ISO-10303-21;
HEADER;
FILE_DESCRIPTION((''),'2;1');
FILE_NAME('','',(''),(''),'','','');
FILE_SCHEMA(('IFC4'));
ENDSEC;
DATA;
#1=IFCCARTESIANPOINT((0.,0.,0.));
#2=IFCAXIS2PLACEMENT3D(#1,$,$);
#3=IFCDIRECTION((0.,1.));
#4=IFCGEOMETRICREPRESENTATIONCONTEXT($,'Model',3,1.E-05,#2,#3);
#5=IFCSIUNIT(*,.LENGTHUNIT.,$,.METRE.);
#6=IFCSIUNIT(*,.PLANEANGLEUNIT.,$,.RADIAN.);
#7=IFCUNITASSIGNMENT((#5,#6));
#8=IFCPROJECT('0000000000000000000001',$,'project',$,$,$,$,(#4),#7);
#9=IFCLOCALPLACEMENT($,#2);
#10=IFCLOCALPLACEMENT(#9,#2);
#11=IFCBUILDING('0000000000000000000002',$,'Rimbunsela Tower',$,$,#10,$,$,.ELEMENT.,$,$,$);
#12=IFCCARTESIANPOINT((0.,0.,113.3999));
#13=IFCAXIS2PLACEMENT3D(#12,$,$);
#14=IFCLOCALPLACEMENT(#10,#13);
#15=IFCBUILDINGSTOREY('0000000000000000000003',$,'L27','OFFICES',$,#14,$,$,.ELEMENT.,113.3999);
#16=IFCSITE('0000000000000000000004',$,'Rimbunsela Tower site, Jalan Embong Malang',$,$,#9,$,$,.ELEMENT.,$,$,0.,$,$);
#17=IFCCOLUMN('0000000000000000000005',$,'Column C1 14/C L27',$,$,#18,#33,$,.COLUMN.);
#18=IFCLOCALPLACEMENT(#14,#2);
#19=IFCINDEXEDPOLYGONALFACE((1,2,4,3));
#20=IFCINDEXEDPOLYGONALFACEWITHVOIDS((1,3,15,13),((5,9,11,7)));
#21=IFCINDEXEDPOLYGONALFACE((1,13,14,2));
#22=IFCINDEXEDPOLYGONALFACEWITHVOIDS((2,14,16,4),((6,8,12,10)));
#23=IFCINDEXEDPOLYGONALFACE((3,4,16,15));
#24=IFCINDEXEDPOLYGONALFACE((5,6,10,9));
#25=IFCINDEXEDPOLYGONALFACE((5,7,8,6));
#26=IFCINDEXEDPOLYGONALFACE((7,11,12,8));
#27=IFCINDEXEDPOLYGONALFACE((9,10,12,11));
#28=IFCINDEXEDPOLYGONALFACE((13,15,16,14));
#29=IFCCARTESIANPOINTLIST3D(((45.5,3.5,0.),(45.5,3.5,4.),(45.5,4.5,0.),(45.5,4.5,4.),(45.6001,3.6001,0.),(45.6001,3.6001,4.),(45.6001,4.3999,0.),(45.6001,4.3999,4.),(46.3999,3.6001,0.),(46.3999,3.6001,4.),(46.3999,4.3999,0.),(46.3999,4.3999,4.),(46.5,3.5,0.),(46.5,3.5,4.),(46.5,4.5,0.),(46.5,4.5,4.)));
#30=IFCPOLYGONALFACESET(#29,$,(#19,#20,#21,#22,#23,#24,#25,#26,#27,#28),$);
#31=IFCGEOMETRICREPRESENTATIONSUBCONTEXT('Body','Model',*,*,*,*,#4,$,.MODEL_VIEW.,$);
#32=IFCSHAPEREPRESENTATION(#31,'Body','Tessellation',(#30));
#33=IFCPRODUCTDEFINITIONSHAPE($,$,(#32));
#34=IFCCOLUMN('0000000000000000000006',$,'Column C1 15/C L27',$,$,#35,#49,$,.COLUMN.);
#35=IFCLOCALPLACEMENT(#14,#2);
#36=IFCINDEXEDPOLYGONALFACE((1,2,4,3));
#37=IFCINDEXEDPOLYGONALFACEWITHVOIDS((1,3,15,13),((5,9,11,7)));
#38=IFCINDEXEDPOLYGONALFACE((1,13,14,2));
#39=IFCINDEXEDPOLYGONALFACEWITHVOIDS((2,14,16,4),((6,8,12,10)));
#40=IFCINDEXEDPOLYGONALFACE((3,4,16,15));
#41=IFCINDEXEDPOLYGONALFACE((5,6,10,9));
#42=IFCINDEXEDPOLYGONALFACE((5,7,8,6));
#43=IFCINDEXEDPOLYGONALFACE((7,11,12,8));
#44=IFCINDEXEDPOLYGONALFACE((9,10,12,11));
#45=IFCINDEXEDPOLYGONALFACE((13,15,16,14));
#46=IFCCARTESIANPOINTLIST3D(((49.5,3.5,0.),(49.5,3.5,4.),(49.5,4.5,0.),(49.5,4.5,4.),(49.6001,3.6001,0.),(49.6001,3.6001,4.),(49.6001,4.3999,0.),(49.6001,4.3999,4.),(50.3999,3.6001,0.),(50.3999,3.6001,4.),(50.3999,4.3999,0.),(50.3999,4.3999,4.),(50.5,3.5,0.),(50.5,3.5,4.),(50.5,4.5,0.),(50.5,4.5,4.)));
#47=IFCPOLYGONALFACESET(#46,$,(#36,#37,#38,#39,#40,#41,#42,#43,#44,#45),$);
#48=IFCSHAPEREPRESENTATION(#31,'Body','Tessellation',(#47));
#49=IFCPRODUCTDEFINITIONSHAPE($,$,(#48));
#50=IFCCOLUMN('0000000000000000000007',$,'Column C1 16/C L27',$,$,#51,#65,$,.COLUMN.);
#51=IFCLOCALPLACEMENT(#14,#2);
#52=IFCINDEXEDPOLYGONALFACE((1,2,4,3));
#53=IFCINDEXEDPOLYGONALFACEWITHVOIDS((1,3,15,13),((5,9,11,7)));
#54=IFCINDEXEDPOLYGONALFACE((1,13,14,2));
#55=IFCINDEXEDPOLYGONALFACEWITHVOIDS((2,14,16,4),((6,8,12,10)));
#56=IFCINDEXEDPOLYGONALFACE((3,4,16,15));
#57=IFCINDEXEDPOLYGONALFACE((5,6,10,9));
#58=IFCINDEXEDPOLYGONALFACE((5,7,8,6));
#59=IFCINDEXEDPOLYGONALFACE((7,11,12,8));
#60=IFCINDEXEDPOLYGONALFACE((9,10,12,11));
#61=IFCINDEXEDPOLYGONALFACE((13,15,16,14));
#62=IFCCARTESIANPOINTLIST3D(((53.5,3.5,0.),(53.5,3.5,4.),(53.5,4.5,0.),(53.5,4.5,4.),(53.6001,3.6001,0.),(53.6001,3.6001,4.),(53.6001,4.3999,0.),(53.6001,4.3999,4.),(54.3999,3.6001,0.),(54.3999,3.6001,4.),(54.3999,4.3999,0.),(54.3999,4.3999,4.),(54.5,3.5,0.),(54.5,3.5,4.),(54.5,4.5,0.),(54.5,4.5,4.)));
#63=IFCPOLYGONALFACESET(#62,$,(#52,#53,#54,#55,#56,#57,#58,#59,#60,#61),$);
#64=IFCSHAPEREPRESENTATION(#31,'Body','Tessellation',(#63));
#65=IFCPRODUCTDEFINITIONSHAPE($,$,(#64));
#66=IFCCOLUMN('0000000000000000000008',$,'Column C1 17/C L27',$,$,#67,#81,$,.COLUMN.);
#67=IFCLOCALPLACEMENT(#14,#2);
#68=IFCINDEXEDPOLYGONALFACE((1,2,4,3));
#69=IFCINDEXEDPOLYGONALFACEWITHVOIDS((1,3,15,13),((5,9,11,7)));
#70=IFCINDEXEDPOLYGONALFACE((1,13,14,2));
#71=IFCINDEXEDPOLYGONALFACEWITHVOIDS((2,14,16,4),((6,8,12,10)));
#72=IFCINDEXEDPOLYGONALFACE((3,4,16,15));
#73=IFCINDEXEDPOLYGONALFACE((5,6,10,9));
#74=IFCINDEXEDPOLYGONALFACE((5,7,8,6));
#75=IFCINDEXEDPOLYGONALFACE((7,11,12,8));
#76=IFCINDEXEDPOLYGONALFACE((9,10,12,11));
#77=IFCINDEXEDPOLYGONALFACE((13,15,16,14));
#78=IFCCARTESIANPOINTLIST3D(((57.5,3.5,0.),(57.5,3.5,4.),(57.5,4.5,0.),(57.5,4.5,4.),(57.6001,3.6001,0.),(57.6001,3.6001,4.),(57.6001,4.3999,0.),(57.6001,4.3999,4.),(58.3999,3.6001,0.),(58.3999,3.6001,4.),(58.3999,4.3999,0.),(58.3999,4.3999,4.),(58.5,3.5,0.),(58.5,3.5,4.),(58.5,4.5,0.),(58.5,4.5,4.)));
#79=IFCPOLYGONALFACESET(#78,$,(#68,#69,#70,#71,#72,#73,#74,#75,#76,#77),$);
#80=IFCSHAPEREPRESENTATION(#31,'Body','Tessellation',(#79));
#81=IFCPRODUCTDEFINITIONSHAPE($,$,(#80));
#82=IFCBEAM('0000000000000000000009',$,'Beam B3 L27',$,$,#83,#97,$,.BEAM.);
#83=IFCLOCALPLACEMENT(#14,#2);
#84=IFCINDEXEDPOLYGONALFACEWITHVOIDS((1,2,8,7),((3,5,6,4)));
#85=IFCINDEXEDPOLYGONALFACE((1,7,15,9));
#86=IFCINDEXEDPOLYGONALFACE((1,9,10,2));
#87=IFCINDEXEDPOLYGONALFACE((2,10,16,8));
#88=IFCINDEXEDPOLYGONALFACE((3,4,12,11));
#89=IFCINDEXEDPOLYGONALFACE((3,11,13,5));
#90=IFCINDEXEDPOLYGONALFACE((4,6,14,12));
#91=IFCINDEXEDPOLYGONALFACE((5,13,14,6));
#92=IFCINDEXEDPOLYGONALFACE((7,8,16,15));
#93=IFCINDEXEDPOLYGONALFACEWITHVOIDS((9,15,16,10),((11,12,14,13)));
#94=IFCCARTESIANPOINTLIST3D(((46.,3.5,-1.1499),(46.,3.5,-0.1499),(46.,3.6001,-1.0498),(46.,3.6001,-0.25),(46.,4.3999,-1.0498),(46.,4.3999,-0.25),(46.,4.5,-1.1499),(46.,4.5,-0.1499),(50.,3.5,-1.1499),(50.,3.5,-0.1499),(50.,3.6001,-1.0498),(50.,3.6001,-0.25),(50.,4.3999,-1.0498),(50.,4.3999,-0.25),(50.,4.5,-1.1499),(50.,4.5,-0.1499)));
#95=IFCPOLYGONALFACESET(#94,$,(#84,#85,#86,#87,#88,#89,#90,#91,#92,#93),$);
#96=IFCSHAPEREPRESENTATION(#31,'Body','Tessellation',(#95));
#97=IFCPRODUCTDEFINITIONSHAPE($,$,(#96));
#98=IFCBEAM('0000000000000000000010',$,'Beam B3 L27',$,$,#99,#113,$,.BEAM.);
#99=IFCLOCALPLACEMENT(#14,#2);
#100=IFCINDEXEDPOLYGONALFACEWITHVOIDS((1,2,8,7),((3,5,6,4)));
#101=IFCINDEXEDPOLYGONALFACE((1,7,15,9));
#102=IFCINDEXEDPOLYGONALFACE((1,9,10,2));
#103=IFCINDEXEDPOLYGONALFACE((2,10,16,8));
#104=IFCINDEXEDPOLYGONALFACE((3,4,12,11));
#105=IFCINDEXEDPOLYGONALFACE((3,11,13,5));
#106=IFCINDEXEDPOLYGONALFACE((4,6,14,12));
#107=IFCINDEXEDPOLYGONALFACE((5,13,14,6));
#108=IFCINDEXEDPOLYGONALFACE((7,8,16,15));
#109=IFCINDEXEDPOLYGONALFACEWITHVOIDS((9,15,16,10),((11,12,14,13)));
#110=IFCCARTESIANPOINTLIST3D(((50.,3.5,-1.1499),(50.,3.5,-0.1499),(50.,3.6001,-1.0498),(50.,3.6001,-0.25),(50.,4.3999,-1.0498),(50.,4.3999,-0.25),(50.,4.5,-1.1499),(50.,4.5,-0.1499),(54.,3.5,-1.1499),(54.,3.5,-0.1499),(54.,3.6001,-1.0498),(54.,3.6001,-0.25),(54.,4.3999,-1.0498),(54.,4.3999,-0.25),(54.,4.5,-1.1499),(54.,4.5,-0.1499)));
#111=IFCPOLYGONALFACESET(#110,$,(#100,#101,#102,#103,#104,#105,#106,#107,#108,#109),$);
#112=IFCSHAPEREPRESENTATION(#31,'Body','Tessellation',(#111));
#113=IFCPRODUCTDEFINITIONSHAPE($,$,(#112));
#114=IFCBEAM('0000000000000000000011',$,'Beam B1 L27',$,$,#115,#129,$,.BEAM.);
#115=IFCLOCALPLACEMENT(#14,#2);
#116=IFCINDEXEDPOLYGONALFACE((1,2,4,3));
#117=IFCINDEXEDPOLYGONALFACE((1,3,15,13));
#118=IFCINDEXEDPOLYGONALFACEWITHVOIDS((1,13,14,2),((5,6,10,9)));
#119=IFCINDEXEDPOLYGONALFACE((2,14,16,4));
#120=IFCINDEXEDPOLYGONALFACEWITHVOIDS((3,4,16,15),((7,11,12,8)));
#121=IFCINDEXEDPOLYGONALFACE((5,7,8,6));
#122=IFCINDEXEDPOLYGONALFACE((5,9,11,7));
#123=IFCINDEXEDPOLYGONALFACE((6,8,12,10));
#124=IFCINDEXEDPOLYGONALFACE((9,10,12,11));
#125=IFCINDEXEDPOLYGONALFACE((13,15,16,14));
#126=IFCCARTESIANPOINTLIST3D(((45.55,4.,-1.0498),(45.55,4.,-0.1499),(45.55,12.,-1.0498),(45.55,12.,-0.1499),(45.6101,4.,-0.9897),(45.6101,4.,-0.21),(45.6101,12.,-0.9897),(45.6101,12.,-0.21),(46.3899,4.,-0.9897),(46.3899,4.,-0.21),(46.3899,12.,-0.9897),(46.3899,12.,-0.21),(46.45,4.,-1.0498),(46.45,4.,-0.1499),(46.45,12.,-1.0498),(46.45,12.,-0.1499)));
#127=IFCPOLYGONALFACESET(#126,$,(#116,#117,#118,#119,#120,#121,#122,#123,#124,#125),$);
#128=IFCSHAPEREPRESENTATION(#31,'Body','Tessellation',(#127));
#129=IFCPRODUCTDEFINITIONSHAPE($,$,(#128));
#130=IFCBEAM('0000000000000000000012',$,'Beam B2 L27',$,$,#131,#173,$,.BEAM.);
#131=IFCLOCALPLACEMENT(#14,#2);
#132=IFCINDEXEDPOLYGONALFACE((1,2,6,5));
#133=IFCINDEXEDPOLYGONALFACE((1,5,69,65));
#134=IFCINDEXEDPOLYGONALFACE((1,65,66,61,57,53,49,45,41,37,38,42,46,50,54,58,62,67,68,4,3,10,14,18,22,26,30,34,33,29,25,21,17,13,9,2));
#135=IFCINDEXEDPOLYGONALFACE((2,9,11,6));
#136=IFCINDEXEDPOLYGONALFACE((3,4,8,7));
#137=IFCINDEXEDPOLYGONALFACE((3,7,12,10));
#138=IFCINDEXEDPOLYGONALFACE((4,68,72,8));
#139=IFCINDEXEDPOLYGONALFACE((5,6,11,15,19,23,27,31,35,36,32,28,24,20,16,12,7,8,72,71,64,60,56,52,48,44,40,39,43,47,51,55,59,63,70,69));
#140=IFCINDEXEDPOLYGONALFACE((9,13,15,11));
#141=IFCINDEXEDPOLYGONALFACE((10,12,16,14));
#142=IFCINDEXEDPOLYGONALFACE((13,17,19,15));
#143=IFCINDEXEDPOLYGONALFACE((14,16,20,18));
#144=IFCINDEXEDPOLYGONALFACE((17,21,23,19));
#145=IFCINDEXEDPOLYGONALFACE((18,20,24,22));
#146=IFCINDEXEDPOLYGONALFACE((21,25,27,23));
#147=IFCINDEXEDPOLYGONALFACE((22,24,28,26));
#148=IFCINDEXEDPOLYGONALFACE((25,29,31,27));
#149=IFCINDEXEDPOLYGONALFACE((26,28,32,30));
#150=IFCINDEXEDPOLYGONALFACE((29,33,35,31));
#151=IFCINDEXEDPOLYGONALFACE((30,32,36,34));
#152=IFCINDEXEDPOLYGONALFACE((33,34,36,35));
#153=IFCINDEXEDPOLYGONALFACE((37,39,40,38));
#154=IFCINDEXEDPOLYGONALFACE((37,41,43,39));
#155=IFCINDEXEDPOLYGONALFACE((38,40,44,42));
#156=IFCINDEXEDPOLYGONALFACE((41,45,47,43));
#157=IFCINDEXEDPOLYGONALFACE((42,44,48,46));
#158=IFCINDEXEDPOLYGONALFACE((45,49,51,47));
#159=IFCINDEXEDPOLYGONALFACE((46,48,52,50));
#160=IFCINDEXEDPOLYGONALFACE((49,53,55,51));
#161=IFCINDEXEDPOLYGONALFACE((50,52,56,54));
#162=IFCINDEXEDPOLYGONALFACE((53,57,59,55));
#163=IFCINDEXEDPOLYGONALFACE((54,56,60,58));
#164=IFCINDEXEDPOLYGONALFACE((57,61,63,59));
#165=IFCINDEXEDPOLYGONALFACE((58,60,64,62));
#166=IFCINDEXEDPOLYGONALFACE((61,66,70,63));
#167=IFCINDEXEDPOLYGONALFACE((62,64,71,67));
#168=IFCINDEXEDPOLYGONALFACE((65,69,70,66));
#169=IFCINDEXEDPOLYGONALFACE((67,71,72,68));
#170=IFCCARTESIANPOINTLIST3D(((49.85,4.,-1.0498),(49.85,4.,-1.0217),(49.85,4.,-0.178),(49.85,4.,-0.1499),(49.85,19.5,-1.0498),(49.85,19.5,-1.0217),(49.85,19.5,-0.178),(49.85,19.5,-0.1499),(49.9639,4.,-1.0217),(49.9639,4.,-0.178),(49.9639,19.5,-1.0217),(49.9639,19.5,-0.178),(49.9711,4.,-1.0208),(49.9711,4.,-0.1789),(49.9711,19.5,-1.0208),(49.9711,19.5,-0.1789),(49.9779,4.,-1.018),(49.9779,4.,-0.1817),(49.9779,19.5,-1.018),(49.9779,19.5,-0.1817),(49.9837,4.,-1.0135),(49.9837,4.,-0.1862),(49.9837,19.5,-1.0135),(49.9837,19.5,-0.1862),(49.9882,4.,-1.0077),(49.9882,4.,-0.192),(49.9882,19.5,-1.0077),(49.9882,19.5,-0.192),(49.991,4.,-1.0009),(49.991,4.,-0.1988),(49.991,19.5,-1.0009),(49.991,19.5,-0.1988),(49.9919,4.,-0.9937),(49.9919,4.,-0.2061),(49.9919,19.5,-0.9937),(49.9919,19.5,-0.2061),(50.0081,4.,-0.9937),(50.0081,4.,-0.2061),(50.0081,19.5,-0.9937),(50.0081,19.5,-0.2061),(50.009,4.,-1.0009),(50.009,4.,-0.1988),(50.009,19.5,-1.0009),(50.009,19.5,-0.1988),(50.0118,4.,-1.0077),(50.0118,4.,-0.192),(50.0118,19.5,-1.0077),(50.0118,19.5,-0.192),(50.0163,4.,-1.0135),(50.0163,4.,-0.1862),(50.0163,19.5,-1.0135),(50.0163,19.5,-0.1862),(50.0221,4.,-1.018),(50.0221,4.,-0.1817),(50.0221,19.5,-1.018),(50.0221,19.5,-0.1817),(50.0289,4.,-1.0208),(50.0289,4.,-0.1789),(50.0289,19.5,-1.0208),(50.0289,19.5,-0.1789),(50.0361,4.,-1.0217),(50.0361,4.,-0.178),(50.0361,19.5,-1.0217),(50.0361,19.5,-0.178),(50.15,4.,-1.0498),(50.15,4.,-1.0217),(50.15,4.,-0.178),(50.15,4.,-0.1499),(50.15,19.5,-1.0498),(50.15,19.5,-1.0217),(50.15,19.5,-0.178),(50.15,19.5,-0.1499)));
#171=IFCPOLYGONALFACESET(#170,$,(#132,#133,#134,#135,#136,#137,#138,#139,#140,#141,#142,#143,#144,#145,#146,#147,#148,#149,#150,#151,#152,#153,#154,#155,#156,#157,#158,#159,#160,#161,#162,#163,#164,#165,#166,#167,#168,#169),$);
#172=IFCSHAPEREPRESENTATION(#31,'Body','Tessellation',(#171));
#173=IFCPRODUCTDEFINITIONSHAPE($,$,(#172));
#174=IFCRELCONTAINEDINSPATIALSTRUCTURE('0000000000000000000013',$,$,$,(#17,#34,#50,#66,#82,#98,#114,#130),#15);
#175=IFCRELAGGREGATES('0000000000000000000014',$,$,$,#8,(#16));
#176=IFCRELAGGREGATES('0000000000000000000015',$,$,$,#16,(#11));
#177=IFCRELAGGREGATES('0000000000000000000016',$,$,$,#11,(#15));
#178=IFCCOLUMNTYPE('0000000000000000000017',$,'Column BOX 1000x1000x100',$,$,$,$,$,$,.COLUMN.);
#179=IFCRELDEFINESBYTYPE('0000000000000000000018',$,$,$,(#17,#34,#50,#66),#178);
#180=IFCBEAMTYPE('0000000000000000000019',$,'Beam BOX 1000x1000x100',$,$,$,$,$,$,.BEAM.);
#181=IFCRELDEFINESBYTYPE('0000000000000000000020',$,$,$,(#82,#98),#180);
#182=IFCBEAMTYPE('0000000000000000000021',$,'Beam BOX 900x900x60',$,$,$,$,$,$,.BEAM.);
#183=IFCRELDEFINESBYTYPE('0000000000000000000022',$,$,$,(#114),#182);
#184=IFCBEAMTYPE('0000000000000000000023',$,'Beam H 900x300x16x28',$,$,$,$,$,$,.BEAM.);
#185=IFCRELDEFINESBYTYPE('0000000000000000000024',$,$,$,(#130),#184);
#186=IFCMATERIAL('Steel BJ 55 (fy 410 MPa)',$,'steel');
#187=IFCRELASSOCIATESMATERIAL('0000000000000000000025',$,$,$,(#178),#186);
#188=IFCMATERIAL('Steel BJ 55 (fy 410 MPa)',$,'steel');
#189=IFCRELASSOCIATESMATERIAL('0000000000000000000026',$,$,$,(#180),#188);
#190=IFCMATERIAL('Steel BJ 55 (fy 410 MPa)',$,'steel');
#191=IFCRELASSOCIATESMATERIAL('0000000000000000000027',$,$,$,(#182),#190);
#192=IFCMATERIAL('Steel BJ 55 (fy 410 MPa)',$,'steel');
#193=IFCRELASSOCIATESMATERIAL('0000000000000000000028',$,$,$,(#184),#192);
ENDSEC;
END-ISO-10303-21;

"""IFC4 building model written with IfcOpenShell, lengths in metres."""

from ifc_helpers import new_model, si_unit, direction, frame, origin, origin_2d, place, context, subcontext, project, spatial, hollow_rectangle, i_section, extrude, material, material_profile, profile_set, type_object, element, save


model = new_model("IFC4")

# Units and contexts
model_context = context("Model", 3, precision=1e-05, world=origin(), true_north=direction((0.0, 1.0)))
body_context = subcontext(model_context, "Body", "Model", "MODEL_VIEW")
ifc_project = project(units=[si_unit("LENGTHUNIT", "METRE"), si_unit("PLANEANGLEUNIT", "RADIAN")], contexts=[model_context])

# Site, building, storey
site_placement = place(None, origin())
site = spatial("IfcSite", under=ifc_project, at=site_placement, Name="Rimbunsela Tower site, Jalan Embong Malang", CompositionType="ELEMENT", RefElevation=0.0)
building_placement = place(site_placement, origin())
building = spatial("IfcBuilding", under=site, at=building_placement, Name="Rimbunsela Tower", CompositionType="ELEMENT")
storey_placement = place(building_placement, frame((0.0, 0.0, 113.3999)))
storey = spatial("IfcBuildingStorey", under=building, at=storey_placement, Name="L27", Description="OFFICES", CompositionType="ELEMENT", Elevation=113.3999)

# Columns
ifc_material_1 = material(Name="Steel BJ 55 (fy 410 MPa)", Category="steel")
ifc_material_profile_1 = material_profile(ifc_material_1, hollow_rectangle(XDim=1.0, YDim=1.0, WallThickness=0.1001, at=origin_2d()), Name="BOX 1000x1000x100")
ifc_profile_set_1 = profile_set([ifc_material_profile_1], Name="Steel BJ 55 (fy 410 MPa)")
column_type = type_object("IfcColumnType", Name="Column BOX 1000x1000x100", PredefinedType="COLUMN", material=ifc_profile_set_1)
for number, where, z_axis, x_axis, name in (
    (1, (46.0, 4.0, 0.0), (0.0, 0.0, 1.0), (1.0, 0.0, 0.0), "Column C1 14/C L27"),
    (2, (50.0, 4.0, 0.0), (0.0, 0.0, 1.0), (1.0, 0.0, 0.0), "Column C1 15/C L27"),
    (3, (54.0, 4.0, 0.0), (0.0, 0.0, 1.0), (1.0, 0.0, 0.0), "Column C1 16/C L27"),
    (4, (58.0, 4.0, 0.0), (0.0, 0.0, 1.0), (1.0, 0.0, 0.0), "Column C1 17/C L27"),
):
    element("IfcColumn", number, at=place(storey_placement, frame(where, z_axis=z_axis, x_axis=x_axis)), inside=storey, type_object=column_type, Name=name, PredefinedType="COLUMN", context=body_context, shape_type="SweptSolid", body=[
        extrude(hollow_rectangle(XDim=1.0, YDim=1.0, WallThickness=0.1001, at=origin_2d()), origin(), (0.0, 0.0, 1.0), 4.0),
    ])

# Beams
ifc_material_2 = material(Name="Steel BJ 55 (fy 410 MPa)", Category="steel")
ifc_material_profile_2 = material_profile(ifc_material_2, hollow_rectangle(XDim=1.0, YDim=1.0, WallThickness=0.1001, at=origin_2d()), Name="BOX 1000x1000x100")
ifc_profile_set_2 = profile_set([ifc_material_profile_2], Name="Steel BJ 55 (fy 410 MPa)")
beam_type_1 = type_object("IfcBeamType", Name="Beam BOX 1000x1000x100", PredefinedType="BEAM", material=ifc_profile_set_2)
for number, where, z_axis, x_axis, name in (
    (5, (46.0, 4.0, -0.6499), (1.0, 0.0, 0.0), (0.0, 1.0, 0.0), "Beam B3 L27"),
    (6, (50.0, 4.0, -0.6499), (1.0, 0.0, 0.0), (0.0, 1.0, 0.0), "Beam B3 L27"),
):
    element("IfcBeam", number, at=place(storey_placement, frame(where, z_axis=z_axis, x_axis=x_axis)), inside=storey, type_object=beam_type_1, Name=name, PredefinedType="BEAM", context=body_context, shape_type="SweptSolid", body=[
        extrude(hollow_rectangle(XDim=1.0, YDim=1.0, WallThickness=0.1001, at=origin_2d()), origin(), (0.0, 0.0, 1.0), 4.0),
    ])
ifc_material_3 = material(Name="Steel BJ 55 (fy 410 MPa)", Category="steel")
ifc_material_profile_3 = material_profile(ifc_material_3, hollow_rectangle(XDim=0.8999, YDim=0.8999, WallThickness=0.0601, at=origin_2d()), Name="BOX 900x900x60")
ifc_profile_set_3 = profile_set([ifc_material_profile_3], Name="Steel BJ 55 (fy 410 MPa)")
beam_type_2 = type_object("IfcBeamType", Name="Beam BOX 900x900x60", PredefinedType="BEAM", material=ifc_profile_set_3)
beam_placement = place(storey_placement, frame((46.0, 4.0, -0.5999), z_axis=(0.0, 1.0, 0.0), x_axis=(-1.0, 0.0, 0.0)))
element("IfcBeam", 7, at=beam_placement, inside=storey, type_object=beam_type_2, Name="Beam B1 L27", PredefinedType="BEAM", context=body_context, shape_type="SweptSolid", body=[
    extrude(hollow_rectangle(XDim=0.8999, YDim=0.8999, WallThickness=0.0601, at=origin_2d()), origin(), (0.0, 0.0, 1.0), 8.0),
])
ifc_material_4 = material(Name="Steel BJ 55 (fy 410 MPa)", Category="steel")
ifc_material_profile_4 = material_profile(ifc_material_4, i_section(OverallWidth=0.3, OverallDepth=0.8999, WebThickness=0.0161, FlangeThickness=0.0281, FilletRadius=0.0281, at=origin_2d()), Name="H 900x300x16x28")
ifc_profile_set_4 = profile_set([ifc_material_profile_4], Name="Steel BJ 55 (fy 410 MPa)")
beam_type_3 = type_object("IfcBeamType", Name="Beam H 900x300x16x28", PredefinedType="BEAM", material=ifc_profile_set_4)
for number, where, z_axis, x_axis, name in (
    (8, (50.0, 4.0, -0.5999), (0.0, 1.0, 0.0), (-1.0, 0.0, 0.0), "Beam B2 L27"),
):
    element("IfcBeam", number, at=place(storey_placement, frame(where, z_axis=z_axis, x_axis=x_axis)), inside=storey, type_object=beam_type_3, Name=name, PredefinedType="BEAM", context=body_context, shape_type="SweptSolid", body=[
        extrude(i_section(OverallWidth=0.3, OverallDepth=0.8999, WebThickness=0.0161, FlangeThickness=0.0281, FilletRadius=0.0281, at=origin_2d()), origin(), (0.0, 0.0, 1.0), 15.5),
    ])

save(model, "model.ifc")
